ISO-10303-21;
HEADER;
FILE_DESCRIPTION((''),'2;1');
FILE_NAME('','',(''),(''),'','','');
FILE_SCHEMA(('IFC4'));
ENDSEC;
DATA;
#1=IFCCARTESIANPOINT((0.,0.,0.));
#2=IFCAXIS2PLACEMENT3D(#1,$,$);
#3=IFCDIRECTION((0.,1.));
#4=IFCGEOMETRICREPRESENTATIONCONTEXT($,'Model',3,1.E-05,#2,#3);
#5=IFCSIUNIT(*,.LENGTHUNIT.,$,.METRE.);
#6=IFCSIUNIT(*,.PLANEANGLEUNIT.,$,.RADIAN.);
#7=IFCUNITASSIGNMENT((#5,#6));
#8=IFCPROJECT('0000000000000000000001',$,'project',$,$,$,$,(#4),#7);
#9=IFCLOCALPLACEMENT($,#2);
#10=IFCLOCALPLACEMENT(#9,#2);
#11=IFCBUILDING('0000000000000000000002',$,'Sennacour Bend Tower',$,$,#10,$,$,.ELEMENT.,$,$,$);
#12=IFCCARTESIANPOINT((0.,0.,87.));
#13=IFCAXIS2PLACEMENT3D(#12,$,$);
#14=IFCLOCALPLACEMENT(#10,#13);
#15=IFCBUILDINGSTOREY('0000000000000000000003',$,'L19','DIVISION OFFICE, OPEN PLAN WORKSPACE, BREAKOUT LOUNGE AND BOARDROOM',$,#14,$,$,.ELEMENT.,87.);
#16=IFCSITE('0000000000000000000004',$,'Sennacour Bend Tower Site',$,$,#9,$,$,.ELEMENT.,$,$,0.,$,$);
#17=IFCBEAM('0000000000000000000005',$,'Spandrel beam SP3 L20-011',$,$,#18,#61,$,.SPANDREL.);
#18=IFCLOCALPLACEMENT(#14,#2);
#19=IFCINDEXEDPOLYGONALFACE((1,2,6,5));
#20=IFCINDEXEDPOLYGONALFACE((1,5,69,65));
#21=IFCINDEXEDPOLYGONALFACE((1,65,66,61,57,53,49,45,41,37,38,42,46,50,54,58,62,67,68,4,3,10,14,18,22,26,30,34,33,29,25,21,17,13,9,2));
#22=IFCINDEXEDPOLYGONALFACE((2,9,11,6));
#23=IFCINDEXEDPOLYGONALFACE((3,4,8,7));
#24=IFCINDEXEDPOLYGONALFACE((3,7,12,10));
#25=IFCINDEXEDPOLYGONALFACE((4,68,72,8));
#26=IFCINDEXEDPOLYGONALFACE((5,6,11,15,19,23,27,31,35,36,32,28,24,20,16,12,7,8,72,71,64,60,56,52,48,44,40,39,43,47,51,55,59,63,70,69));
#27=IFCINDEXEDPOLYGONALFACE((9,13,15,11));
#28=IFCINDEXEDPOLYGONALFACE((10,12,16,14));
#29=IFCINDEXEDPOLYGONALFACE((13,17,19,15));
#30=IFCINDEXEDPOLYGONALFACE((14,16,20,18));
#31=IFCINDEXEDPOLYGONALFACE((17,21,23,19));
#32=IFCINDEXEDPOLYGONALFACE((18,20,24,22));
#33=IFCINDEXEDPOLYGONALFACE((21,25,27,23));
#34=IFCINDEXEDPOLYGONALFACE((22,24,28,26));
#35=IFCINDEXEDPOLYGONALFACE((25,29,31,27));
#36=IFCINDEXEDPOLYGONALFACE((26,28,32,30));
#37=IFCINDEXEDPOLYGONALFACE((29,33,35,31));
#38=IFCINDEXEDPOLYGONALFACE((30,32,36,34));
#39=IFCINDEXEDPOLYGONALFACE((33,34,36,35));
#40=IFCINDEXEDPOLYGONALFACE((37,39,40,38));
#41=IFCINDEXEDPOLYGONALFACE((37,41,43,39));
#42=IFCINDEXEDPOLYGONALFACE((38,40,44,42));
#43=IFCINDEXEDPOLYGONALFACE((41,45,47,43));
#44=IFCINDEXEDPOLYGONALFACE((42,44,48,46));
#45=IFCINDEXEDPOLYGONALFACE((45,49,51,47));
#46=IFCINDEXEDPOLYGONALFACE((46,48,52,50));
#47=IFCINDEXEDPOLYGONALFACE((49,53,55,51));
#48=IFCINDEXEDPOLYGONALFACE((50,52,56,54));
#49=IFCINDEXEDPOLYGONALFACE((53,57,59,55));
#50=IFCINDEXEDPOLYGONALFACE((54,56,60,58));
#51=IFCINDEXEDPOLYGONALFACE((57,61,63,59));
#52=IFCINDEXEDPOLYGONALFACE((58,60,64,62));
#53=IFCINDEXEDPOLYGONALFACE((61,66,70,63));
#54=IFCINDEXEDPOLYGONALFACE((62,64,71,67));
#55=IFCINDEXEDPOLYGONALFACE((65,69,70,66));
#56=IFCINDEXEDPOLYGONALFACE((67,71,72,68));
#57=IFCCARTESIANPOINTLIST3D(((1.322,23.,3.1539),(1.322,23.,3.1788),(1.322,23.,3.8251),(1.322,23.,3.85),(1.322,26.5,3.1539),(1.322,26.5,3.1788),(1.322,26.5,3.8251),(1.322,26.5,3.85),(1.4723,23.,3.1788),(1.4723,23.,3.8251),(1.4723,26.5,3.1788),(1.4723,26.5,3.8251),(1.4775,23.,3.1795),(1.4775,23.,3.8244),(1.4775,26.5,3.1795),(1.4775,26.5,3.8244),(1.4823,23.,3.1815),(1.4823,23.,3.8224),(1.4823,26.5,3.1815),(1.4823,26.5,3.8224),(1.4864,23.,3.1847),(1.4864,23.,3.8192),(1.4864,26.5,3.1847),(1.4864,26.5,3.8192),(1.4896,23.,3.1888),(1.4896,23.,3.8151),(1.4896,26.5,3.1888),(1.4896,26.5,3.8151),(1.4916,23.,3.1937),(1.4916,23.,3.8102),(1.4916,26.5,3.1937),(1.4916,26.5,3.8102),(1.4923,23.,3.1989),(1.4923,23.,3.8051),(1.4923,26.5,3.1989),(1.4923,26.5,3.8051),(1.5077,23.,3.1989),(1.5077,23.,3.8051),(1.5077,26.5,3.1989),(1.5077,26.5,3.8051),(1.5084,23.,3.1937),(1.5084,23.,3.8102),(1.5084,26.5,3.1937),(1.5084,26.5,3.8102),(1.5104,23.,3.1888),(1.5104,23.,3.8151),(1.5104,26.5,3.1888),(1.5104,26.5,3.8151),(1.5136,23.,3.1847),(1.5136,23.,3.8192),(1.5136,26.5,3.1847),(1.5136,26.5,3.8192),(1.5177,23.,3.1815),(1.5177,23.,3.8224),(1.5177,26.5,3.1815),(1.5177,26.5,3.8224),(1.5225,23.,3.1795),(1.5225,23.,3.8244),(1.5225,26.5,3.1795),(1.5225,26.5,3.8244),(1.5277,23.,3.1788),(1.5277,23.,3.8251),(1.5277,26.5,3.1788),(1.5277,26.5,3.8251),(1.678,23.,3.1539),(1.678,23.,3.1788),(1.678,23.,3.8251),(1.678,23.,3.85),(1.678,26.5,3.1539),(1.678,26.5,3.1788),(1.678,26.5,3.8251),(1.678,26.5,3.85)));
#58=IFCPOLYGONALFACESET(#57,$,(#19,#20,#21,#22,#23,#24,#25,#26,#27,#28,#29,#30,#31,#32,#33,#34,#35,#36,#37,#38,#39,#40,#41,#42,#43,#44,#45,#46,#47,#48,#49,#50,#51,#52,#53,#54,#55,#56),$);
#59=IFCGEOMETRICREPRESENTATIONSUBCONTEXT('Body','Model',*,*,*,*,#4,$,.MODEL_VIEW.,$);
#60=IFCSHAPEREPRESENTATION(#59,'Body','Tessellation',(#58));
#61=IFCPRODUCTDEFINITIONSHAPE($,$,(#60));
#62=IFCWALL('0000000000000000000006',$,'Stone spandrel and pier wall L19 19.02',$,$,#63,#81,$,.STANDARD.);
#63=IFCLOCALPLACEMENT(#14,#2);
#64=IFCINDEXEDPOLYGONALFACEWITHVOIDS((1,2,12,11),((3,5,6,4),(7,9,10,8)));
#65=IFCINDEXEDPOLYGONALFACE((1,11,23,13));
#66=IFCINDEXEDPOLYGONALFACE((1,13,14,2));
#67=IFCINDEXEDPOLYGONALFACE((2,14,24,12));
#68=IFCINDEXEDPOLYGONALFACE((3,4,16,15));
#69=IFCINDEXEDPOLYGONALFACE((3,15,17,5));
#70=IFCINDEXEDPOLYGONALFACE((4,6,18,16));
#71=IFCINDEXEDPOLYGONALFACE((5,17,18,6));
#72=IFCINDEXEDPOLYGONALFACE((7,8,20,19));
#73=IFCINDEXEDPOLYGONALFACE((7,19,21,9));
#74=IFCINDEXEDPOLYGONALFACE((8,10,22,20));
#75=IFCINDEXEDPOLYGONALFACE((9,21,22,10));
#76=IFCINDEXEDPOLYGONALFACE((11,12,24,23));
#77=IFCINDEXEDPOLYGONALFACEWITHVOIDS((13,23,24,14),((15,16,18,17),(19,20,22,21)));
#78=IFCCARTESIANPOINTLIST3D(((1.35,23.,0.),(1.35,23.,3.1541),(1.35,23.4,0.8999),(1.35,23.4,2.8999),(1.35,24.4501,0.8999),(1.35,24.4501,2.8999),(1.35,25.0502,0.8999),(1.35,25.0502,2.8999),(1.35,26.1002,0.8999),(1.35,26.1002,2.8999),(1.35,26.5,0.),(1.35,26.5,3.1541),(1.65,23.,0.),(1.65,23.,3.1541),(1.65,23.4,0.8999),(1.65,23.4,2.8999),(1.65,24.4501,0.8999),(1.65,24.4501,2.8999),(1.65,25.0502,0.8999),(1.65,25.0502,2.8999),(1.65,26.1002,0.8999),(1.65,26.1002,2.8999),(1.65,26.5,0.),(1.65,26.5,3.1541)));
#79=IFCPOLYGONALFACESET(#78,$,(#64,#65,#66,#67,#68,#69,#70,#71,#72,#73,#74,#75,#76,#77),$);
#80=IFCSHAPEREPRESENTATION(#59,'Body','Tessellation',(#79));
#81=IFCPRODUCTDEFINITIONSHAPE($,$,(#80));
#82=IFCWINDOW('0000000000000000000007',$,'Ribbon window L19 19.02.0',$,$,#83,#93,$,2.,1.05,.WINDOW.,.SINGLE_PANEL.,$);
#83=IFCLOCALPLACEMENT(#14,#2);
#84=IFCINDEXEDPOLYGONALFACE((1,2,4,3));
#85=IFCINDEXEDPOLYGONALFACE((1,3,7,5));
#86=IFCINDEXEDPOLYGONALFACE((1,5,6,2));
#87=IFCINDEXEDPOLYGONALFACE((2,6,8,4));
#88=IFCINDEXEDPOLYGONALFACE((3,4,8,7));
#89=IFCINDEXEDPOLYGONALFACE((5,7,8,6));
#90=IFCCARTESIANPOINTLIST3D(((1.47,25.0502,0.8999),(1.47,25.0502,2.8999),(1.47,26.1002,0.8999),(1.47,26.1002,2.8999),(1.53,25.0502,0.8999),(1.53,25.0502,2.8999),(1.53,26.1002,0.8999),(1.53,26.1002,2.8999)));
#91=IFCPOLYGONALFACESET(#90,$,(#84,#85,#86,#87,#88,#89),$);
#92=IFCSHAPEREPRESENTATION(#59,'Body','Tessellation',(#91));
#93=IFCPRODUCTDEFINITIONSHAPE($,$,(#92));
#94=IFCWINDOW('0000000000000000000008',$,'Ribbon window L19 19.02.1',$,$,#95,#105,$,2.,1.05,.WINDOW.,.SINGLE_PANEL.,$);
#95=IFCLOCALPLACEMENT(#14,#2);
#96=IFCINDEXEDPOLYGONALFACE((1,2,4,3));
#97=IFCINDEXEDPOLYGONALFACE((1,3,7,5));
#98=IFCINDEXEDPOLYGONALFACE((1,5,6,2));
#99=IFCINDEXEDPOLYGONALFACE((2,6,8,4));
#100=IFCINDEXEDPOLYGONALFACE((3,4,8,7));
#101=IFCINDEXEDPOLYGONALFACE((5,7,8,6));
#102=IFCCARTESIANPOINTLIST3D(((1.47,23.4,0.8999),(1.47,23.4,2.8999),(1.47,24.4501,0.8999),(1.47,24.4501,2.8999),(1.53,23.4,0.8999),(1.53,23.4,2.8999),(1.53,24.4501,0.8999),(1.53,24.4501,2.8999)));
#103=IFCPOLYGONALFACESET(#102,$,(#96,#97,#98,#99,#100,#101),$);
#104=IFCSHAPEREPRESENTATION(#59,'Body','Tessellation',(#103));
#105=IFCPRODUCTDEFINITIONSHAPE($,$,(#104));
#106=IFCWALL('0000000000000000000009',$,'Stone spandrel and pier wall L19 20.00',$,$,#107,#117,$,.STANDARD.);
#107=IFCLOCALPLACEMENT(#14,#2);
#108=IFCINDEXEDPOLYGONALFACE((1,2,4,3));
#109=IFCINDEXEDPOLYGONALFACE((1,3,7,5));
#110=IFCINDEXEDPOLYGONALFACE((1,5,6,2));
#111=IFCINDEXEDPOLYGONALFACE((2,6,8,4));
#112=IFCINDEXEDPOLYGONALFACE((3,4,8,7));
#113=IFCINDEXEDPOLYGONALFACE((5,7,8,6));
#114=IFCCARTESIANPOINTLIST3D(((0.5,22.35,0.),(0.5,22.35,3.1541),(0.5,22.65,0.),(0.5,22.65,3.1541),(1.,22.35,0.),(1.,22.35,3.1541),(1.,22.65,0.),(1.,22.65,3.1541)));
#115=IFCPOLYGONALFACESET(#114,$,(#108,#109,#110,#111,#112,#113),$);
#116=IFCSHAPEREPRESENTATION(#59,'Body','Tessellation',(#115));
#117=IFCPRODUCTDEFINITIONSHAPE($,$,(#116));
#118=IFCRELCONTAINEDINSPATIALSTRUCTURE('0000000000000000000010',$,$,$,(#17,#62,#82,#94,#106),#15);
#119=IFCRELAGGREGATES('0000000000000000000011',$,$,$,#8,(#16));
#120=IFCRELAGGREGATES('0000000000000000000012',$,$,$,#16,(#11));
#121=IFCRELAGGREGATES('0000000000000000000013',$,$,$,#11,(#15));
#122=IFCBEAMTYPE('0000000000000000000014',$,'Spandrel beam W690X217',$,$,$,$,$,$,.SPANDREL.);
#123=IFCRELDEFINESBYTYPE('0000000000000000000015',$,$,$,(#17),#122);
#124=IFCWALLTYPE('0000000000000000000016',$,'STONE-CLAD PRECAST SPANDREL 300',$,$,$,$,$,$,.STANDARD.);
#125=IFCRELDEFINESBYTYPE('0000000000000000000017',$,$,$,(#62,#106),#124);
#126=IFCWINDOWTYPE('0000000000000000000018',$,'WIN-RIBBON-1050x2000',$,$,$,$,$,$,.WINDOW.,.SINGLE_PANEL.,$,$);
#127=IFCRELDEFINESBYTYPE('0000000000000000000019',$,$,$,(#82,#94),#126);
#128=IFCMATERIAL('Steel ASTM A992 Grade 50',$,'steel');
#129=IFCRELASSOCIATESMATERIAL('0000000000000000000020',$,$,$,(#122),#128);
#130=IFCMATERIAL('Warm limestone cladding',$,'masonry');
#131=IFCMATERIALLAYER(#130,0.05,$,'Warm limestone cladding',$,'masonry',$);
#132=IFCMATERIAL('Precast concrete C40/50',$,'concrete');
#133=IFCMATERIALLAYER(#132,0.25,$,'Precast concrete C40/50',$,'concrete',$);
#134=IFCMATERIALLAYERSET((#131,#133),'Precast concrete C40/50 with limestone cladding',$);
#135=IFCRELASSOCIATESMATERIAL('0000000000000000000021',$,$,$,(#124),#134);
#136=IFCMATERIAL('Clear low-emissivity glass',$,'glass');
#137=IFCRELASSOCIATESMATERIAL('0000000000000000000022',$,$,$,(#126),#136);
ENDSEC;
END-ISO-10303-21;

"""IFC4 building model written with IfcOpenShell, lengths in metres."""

from ifc_helpers import new_model, si_unit, direction, frame, frame_2d, origin, origin_2d, place, context, subcontext, project, spatial, rectangle, i_section, extrude, material, layer, layer_set, material_profile, profile_set, type_object, element, fill, save


model = new_model("IFC4")

# Units and contexts
model_context = context("Model", 3, precision=1e-05, world=origin(), true_north=direction((0.0, 1.0)))
body_context = subcontext(model_context, "Body", "Model", "MODEL_VIEW")
ifc_project = project(units=[si_unit("LENGTHUNIT", "METRE"), si_unit("PLANEANGLEUNIT", "RADIAN")], contexts=[model_context])

# Site, building, storey
site_placement = place(None, origin())
site = spatial("IfcSite", under=ifc_project, at=site_placement, Name="Sennacour Bend Tower Site", CompositionType="ELEMENT", RefElevation=0.0)
building_placement = place(site_placement, origin())
building = spatial("IfcBuilding", under=site, at=building_placement, Name="Sennacour Bend Tower", CompositionType="ELEMENT")
storey_placement = place(building_placement, frame((0.0, 0.0, 87.0)))
storey = spatial("IfcBuildingStorey", under=building, at=storey_placement, Name="L19", Description="DIVISION OFFICE, OPEN PLAN WORKSPACE, BREAKOUT LOUNGE AND BOARDROOM", CompositionType="ELEMENT", Elevation=87.0)

# Beam
ifc_material_1 = material(Name="Steel ASTM A992 Grade 50", Category="steel")
ifc_material_profile_1 = material_profile(ifc_material_1, i_section(OverallWidth=0.356, OverallDepth=0.696, WebThickness=0.0154, FlangeThickness=0.0249, FilletRadius=0.02, at=origin_2d()), Name="Steel ASTM A992 Grade 50", Category="steel")
ifc_profile_set_1 = profile_set([ifc_material_profile_1], Name="Steel ASTM A992 Grade 50")
beam_type_1 = type_object("IfcBeamType", Name="Spandrel beam W690X217", PredefinedType="SPANDREL", material=ifc_profile_set_1)
beam_1_placement = place(storey_placement, frame((1.5, 23.0, 3.502), z_axis=(0.0, 1.0, 0.0), x_axis=(-1.0, 0.0, 0.0)))
element("IfcBeam", 1, at=beam_1_placement, inside=storey, type_object=beam_type_1, Name="Spandrel beam SP3 L20-011", PredefinedType="SPANDREL", context=body_context, shape_type="SweptSolid", body=[
    extrude(i_section(OverallWidth=0.356, OverallDepth=0.696, WebThickness=0.0154, FlangeThickness=0.0249, FilletRadius=0.02, at=origin_2d()), origin(), (0.0, 0.0, 1.0), 3.5),
])

# Wall, openings, windows
ifc_material_2 = material(Name="Warm limestone cladding", Category="masonry")
ifc_layer_1 = layer(ifc_material_2, 0.05, Name="Warm limestone cladding", Category="masonry")
ifc_material_3 = material(Name="Precast concrete C40/50", Category="concrete")
ifc_layer_2 = layer(ifc_material_3, 0.25, Name="Precast concrete C40/50", Category="concrete")
ifc_layer_set = layer_set([ifc_layer_1, ifc_layer_2], Name="Precast concrete C40/50 with limestone cladding")
wall_type = type_object("IfcWallType", Name="STONE-CLAD PRECAST SPANDREL 300", PredefinedType="STANDARD", material=ifc_layer_set)
wall_1_placement = place(storey_placement, frame((1.5, 26.5, 0.0), z_axis=(0.0, 0.0, 1.0), x_axis=(0.0, -1.0, 0.0)))
wall_1 = element("IfcWall", 2, at=wall_1_placement, inside=storey, type_object=wall_type, Name="Stone spandrel and pier wall L19 19.02", PredefinedType="STANDARD", context=body_context, shape_type="SweptSolid", body=[
    extrude(rectangle(XDim=3.5, YDim=0.3, at=frame_2d((1.75, 0.0))), origin(), (0.0, 0.0, 1.0), 3.1541),
])
opening_1_placement = place(wall_1_placement, frame((0.3999, 0.0, 0.8999)))
opening_1 = element("IfcOpeningElement", 3, at=opening_1_placement, cuts=wall_1, PredefinedType="OPENING", context=body_context, shape_type="SweptSolid", body=[
    extrude(rectangle(XDim=1.05, YDim=2.0, at=frame_2d((0.5249, 1.0))), frame((0.0, 0.1602, 0.0), z_axis=(0.0, -1.0, 0.0), x_axis=(1.0, 0.0, 0.0)), (0.0, 0.0, 1.0), 0.3201),
])
opening_2_placement = place(wall_1_placement, frame((2.05, 0.0, 0.8999)))
opening_2 = element("IfcOpeningElement", 4, at=opening_2_placement, cuts=wall_1, PredefinedType="OPENING", context=body_context, shape_type="SweptSolid", body=[
    extrude(rectangle(XDim=1.05, YDim=2.0, at=frame_2d((0.5249, 1.0))), frame((0.0, 0.1602, 0.0), z_axis=(0.0, -1.0, 0.0), x_axis=(1.0, 0.0, 0.0)), (0.0, 0.0, 1.0), 0.3201),
])
ifc_material_4 = material(Name="Clear low-emissivity glass", Category="glass")
window_type = type_object("IfcWindowType", Name="WIN-RIBBON-1050x2000", PartitioningType="SINGLE_PANEL", PredefinedType="WINDOW", material=ifc_material_4)
window_1_placement = place(opening_1_placement, origin())
window_1 = element("IfcWindow", 5, at=window_1_placement, inside=storey, type_object=window_type, Name="Ribbon window L19 19.02.0", OverallHeight=2.0, OverallWidth=1.05, PartitioningType="SINGLE_PANEL", PredefinedType="WINDOW", context=body_context, shape_type="SweptSolid", body=[
    extrude(rectangle(XDim=1.05, YDim=2.0, at=frame_2d((0.5249, 1.0))), frame((0.0, 0.03, 0.0), z_axis=(0.0, -1.0, 0.0), x_axis=(1.0, 0.0, 0.0)), (0.0, 0.0, 1.0), 0.0601),
])
fill(opening_1, window_1)
window_2_placement = place(opening_2_placement, origin())
window_2 = element("IfcWindow", 6, at=window_2_placement, inside=storey, type_object=window_type, Name="Ribbon window L19 19.02.1", OverallHeight=2.0, OverallWidth=1.05, PartitioningType="SINGLE_PANEL", PredefinedType="WINDOW", context=body_context, shape_type="SweptSolid", body=[
    extrude(rectangle(XDim=1.05, YDim=2.0, at=frame_2d((0.5249, 1.0))), frame((0.0, 0.03, 0.0), z_axis=(0.0, -1.0, 0.0), x_axis=(1.0, 0.0, 0.0)), (0.0, 0.0, 1.0), 0.0601),
])
fill(opening_2, window_2)

# Wall
wall_2_placement = place(storey_placement, frame((1.0, 22.5, 0.0), z_axis=(0.0, 0.0, 1.0), x_axis=(-1.0, 0.0, 0.0)))
element("IfcWall", 7, at=wall_2_placement, inside=storey, type_object=wall_type, Name="Stone spandrel and pier wall L19 20.00", PredefinedType="STANDARD", context=body_context, shape_type="SweptSolid", body=[
    extrude(rectangle(XDim=0.5, YDim=0.3, at=frame_2d((0.25, 0.0))), origin(), (0.0, 0.0, 1.0), 3.1541),
])

save(model, "model.ifc")
